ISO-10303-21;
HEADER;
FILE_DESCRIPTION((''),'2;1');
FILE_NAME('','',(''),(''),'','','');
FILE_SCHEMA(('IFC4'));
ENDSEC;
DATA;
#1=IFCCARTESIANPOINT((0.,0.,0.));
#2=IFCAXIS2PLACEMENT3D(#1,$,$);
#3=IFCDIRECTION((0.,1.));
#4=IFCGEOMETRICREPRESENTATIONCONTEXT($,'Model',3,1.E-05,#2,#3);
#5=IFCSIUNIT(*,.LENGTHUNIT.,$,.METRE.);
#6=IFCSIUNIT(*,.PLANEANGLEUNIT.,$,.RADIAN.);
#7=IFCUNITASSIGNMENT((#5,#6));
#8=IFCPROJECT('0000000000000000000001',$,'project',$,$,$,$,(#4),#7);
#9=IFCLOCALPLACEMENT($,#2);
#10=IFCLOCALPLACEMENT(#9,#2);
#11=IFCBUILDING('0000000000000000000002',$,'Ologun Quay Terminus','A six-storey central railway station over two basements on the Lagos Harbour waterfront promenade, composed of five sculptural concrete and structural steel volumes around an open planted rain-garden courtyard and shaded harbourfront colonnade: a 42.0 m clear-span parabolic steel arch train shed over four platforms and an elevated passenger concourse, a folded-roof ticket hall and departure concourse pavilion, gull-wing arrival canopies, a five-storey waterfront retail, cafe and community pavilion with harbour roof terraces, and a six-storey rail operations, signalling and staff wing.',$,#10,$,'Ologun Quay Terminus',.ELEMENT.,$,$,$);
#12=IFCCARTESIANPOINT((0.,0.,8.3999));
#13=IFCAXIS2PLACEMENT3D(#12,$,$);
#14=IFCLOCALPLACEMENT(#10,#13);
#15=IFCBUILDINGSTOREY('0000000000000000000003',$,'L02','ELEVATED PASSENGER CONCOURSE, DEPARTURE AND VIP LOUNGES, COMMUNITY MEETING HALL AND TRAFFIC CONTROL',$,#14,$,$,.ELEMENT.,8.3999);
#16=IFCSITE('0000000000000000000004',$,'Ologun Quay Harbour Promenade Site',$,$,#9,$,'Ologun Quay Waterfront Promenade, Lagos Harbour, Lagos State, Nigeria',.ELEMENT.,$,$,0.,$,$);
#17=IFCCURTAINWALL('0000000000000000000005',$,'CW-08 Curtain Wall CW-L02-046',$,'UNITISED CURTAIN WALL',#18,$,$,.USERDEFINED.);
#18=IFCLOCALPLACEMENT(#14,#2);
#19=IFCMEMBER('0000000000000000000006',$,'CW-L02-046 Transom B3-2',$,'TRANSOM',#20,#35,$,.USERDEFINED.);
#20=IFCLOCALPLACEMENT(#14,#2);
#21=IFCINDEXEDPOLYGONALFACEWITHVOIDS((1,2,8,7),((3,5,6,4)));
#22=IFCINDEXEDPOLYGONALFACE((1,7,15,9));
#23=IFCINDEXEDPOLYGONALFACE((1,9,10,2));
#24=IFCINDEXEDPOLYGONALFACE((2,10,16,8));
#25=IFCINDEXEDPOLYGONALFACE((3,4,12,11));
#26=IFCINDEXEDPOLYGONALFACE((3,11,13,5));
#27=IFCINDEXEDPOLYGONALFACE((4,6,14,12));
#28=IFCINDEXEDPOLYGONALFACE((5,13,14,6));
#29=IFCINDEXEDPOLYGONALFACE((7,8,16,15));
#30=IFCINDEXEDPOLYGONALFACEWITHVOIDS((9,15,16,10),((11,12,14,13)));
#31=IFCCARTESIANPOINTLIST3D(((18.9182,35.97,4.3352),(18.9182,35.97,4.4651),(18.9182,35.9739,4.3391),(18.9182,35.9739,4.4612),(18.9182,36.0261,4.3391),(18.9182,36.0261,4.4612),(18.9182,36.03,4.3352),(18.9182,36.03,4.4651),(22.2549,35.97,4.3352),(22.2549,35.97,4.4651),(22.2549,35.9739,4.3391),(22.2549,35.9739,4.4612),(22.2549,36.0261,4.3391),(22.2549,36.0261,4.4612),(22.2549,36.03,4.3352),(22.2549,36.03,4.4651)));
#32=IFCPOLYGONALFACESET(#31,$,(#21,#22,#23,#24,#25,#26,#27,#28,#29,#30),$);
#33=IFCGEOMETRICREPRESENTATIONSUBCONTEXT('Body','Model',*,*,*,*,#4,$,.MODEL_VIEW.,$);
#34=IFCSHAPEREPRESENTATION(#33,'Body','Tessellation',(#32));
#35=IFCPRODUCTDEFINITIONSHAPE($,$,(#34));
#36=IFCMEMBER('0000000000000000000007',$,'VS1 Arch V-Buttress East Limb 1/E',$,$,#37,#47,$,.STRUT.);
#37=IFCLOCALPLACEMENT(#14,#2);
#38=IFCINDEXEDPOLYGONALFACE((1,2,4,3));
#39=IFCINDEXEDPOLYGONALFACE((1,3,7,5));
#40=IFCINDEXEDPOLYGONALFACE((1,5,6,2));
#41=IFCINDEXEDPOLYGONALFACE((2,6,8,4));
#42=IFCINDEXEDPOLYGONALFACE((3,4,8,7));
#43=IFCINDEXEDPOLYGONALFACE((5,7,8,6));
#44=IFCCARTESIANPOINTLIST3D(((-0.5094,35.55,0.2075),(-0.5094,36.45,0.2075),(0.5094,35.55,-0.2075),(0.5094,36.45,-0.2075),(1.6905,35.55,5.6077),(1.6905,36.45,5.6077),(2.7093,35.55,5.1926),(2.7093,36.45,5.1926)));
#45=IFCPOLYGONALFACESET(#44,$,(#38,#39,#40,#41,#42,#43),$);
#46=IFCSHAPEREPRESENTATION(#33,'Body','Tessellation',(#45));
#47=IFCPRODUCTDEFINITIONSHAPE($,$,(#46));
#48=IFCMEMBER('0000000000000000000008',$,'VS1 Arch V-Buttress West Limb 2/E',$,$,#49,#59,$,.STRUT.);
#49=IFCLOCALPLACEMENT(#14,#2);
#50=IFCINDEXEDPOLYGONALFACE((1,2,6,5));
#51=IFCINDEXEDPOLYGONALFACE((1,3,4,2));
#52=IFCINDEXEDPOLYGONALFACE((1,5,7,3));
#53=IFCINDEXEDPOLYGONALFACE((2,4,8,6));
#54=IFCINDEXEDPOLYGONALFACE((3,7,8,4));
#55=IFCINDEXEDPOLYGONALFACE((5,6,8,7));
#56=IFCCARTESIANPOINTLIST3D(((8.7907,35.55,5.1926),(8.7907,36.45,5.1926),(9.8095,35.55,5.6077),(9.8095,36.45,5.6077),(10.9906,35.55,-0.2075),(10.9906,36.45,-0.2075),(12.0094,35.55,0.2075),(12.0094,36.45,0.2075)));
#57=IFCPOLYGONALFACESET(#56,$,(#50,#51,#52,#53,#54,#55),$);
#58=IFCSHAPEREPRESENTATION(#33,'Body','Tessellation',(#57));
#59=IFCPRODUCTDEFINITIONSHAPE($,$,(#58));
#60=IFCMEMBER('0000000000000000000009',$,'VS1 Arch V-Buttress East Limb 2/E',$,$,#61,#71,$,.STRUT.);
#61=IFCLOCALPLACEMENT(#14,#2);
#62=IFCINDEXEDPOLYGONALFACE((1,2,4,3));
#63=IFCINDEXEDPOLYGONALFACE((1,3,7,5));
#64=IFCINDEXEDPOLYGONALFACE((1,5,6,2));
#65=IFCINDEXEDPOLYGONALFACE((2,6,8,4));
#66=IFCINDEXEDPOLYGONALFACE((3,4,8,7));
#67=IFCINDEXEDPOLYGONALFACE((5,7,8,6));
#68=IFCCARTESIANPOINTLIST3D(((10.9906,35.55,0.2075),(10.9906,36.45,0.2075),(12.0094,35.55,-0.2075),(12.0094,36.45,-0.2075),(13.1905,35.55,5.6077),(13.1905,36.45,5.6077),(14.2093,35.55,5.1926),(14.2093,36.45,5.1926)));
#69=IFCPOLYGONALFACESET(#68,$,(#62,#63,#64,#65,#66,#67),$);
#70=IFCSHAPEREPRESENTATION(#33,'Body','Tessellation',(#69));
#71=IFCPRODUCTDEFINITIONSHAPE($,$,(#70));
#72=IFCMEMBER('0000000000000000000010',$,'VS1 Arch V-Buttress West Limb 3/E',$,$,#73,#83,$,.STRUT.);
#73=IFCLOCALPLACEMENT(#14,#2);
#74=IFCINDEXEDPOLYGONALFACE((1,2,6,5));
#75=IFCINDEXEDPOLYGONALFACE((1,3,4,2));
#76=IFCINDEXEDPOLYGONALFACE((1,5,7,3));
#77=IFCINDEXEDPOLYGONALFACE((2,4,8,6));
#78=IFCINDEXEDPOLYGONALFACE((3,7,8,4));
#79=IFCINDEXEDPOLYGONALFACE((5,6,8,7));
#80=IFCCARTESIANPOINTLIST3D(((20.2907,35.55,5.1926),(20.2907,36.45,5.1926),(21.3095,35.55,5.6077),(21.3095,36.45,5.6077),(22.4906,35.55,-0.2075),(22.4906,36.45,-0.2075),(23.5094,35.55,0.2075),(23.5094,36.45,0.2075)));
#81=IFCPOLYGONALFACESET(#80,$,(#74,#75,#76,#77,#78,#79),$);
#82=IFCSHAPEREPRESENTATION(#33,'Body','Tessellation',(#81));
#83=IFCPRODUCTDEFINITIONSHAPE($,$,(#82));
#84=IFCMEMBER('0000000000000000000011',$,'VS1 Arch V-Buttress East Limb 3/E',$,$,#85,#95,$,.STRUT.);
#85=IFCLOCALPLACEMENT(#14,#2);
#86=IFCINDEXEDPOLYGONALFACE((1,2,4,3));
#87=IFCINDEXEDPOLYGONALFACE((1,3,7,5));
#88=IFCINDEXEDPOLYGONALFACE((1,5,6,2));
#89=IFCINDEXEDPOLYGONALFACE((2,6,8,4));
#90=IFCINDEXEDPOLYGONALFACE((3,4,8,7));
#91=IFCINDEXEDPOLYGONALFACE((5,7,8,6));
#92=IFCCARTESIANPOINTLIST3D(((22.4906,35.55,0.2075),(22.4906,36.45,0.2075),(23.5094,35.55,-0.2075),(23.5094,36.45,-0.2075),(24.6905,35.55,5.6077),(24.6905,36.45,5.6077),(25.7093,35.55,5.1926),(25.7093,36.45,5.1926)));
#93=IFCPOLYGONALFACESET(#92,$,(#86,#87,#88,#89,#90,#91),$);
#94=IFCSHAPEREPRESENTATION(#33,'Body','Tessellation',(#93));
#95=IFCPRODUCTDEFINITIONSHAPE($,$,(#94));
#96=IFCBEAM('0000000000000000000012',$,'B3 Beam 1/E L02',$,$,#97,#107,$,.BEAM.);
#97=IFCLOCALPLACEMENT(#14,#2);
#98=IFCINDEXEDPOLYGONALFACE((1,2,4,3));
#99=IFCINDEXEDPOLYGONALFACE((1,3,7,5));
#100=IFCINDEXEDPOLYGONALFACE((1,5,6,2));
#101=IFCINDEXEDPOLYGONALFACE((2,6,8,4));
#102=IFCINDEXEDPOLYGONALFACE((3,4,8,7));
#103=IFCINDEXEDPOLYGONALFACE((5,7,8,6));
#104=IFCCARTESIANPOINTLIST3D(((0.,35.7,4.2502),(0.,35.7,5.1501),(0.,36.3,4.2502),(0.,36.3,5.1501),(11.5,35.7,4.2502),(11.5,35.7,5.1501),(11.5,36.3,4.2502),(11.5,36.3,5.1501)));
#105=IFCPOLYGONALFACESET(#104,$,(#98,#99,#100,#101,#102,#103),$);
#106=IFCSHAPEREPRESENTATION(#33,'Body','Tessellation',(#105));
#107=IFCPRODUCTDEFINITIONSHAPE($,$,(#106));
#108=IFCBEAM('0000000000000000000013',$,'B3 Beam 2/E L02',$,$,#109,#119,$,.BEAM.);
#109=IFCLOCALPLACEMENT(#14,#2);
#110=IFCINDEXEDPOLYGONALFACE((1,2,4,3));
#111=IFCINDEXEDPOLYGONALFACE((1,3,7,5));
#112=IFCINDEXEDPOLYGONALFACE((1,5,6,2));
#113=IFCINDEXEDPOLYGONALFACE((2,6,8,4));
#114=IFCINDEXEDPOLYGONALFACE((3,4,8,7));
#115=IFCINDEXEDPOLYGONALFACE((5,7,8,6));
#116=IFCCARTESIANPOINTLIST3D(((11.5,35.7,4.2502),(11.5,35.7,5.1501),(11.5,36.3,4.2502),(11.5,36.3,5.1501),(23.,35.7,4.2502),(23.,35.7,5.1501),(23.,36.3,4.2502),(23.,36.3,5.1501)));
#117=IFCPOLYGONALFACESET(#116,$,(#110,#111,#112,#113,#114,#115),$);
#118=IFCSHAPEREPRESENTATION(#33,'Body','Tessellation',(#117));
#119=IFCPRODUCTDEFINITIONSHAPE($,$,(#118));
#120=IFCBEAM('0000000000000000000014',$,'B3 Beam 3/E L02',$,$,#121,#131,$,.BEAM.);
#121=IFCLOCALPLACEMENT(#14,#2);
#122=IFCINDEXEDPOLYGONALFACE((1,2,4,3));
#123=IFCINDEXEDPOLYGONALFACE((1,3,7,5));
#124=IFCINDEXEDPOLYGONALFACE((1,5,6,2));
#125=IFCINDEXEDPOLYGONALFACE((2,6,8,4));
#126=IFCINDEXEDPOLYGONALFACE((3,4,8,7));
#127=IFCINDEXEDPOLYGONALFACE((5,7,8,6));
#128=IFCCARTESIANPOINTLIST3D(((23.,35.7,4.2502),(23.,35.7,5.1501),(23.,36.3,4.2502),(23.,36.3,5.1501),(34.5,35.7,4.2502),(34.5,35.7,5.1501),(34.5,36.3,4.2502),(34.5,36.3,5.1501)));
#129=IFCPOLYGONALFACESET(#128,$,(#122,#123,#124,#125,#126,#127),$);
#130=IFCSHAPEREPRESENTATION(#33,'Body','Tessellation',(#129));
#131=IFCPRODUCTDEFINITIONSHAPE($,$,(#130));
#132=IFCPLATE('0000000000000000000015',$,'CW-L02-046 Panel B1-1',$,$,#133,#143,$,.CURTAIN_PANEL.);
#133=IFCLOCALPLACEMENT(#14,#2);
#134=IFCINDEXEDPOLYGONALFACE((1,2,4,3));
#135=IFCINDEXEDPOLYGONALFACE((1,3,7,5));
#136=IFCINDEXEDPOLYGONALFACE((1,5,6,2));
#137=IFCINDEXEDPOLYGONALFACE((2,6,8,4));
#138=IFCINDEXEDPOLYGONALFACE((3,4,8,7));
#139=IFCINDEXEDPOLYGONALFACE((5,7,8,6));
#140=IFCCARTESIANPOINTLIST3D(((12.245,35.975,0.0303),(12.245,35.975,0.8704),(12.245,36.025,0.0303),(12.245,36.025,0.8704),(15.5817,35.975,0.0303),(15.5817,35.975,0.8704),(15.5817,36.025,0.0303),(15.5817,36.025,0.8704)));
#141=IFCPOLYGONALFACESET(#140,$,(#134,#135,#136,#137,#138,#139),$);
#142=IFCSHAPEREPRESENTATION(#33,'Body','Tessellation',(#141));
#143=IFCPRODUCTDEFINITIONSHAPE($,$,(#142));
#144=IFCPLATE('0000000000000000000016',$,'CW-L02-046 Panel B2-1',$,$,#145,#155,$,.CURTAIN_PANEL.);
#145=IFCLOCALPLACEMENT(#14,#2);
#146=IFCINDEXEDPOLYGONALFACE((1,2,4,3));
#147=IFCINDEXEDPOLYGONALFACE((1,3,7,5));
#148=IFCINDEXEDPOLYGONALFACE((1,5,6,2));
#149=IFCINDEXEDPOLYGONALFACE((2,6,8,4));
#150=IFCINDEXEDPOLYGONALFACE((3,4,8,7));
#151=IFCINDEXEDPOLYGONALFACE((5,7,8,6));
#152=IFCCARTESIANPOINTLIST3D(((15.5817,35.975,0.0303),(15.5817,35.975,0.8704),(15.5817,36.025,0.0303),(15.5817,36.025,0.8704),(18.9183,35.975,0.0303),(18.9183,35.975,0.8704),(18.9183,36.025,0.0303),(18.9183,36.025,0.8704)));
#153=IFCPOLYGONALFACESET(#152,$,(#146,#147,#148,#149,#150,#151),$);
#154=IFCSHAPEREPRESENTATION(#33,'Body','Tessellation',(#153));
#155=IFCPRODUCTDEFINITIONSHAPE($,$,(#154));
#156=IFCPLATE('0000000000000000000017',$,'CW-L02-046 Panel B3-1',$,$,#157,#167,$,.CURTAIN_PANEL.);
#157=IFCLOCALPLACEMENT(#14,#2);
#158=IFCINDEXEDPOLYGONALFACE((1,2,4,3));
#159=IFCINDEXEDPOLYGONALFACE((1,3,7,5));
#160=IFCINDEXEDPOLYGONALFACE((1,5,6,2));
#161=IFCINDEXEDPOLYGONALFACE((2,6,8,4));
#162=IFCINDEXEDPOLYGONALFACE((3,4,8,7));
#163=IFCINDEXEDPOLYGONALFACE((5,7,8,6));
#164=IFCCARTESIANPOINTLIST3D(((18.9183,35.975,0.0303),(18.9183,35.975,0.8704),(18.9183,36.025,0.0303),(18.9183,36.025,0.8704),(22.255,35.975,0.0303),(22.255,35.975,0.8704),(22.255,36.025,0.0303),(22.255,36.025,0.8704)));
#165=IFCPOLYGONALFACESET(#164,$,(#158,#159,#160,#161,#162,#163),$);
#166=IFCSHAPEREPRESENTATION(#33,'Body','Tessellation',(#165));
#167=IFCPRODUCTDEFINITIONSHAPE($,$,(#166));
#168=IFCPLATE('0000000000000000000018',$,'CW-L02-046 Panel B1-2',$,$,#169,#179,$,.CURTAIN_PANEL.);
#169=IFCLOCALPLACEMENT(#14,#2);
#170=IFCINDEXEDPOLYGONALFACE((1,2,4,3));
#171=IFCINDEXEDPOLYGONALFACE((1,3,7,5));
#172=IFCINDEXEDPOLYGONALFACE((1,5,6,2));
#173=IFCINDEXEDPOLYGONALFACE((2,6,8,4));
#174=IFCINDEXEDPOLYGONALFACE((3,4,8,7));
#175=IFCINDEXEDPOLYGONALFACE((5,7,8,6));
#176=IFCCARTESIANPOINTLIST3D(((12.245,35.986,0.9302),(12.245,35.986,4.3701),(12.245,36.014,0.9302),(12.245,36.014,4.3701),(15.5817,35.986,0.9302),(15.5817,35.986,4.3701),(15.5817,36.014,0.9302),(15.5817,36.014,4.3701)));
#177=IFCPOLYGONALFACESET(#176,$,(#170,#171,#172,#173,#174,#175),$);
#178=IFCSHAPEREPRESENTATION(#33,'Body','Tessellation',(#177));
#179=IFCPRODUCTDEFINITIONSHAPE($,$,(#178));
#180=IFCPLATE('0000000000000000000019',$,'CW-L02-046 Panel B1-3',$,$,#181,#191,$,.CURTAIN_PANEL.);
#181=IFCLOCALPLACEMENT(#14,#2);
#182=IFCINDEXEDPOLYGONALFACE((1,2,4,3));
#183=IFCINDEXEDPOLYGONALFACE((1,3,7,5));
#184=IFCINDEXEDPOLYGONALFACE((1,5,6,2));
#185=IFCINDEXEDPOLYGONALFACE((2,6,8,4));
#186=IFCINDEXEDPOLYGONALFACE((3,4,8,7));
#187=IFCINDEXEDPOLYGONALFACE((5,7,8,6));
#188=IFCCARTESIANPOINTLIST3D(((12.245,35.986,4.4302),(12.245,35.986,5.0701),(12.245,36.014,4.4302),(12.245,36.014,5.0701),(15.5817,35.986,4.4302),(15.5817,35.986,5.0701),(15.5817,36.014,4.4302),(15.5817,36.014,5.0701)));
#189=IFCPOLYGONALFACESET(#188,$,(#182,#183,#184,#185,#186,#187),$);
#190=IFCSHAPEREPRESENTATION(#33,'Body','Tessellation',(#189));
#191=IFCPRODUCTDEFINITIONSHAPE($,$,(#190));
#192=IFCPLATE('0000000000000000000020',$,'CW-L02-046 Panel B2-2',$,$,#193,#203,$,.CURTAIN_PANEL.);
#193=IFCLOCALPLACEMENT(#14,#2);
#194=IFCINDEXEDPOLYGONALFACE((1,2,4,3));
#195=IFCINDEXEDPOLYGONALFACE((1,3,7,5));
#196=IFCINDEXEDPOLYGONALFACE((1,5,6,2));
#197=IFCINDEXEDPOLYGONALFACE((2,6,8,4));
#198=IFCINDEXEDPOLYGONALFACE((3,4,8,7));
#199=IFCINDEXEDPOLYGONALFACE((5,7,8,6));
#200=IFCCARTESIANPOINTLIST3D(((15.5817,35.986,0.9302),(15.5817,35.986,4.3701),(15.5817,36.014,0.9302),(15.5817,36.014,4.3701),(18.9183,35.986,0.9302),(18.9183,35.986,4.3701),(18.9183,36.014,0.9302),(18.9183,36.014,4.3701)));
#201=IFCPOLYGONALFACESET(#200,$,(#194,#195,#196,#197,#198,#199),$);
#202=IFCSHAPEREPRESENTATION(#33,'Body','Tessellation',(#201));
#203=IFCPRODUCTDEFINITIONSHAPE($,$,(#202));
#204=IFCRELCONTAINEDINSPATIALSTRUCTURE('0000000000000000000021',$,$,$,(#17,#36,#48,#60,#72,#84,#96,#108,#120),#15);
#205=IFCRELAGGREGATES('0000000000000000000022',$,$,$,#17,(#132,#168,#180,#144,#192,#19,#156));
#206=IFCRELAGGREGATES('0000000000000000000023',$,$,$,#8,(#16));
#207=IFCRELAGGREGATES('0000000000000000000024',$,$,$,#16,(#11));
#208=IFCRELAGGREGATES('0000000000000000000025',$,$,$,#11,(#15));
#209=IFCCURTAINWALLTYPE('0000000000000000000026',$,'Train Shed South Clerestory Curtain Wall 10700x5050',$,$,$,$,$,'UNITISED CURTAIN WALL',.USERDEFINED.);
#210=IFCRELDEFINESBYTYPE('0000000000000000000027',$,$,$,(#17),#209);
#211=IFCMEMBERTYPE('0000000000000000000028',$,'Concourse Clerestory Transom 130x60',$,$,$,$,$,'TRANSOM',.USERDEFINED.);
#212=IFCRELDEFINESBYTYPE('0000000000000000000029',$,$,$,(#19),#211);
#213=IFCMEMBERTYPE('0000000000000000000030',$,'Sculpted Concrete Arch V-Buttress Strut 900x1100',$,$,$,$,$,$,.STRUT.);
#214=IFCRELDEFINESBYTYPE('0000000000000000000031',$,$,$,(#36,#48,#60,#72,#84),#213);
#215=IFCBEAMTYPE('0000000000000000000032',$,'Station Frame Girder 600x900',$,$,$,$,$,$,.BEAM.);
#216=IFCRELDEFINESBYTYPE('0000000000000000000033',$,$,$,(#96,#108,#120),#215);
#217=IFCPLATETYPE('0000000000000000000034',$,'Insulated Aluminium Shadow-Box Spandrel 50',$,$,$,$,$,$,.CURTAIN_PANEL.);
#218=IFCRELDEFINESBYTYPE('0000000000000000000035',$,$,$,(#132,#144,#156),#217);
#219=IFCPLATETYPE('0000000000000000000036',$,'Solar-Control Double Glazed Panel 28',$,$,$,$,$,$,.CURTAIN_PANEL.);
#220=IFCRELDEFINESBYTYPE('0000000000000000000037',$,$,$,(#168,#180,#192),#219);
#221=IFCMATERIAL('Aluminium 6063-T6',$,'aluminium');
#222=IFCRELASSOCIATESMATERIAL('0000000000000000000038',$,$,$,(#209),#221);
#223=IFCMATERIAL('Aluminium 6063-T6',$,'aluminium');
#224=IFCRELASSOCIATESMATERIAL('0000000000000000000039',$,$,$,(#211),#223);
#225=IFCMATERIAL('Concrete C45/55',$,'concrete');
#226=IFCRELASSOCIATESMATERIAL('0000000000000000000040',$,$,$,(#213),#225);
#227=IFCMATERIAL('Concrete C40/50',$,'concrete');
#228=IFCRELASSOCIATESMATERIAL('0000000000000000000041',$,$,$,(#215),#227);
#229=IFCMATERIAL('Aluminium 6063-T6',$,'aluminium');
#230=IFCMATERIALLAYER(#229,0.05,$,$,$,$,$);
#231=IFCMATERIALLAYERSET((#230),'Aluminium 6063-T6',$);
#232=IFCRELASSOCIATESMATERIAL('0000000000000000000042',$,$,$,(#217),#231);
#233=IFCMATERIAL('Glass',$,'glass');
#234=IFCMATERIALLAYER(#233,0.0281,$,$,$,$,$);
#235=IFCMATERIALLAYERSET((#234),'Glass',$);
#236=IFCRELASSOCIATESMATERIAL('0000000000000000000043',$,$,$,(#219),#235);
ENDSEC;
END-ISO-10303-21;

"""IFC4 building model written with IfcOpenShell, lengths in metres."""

from ifc_helpers import new_model, si_unit, direction, frame, origin, origin_2d, place, context, subcontext, project, spatial, rectangle, hollow_rectangle, extrude, material, layer, layer_set, material_profile, profile_set, type_object, element, aggregate, save


model = new_model("IFC4")

# Units and contexts
model_context = context("Model", 3, precision=1e-05, world=origin(), true_north=direction((0.0, 1.0)))
body_context = subcontext(model_context, "Body", "Model", "MODEL_VIEW")
ifc_project = project(units=[si_unit("LENGTHUNIT", "METRE"), si_unit("PLANEANGLEUNIT", "RADIAN")], contexts=[model_context])

# Site, building, storey
site_placement = place(None, origin())
site = spatial("IfcSite", under=ifc_project, at=site_placement, Name="Ologun Quay Harbour Promenade Site", LongName="Ologun Quay Waterfront Promenade, Lagos Harbour, Lagos State, Nigeria", CompositionType="ELEMENT", RefElevation=0.0)
building_placement = place(site_placement, origin())
building = spatial("IfcBuilding", under=site, at=building_placement, Name="Ologun Quay Terminus", Description="A six-storey central railway station over two basements on the Lagos Harbour waterfront promenade, composed of five sculptural concrete and structural steel volumes around an open planted rain-garden courtyard and shaded harbourfront colonnade: a 42.0 m clear-span parabolic steel arch train shed over four platforms and an elevated passenger concourse, a folded-roof ticket hall and departure concourse pavilion, gull-wing arrival canopies, a five-storey waterfront retail, cafe and community pavilion with harbour roof terraces, and a six-storey rail operations, signalling and staff wing.", LongName="Ologun Quay Terminus", CompositionType="ELEMENT")
storey_placement = place(building_placement, frame((0.0, 0.0, 8.3999)))
storey = spatial("IfcBuildingStorey", under=building, at=storey_placement, Name="L02", Description="ELEVATED PASSENGER CONCOURSE, DEPARTURE AND VIP LOUNGES, COMMUNITY MEETING HALL AND TRAFFIC CONTROL", CompositionType="ELEMENT", Elevation=8.3999)

# Curtain wall, member
ifc_material_1 = material(Name="Aluminium 6063-T6", Category="aluminium")
curtain_wall_type = type_object("IfcCurtainWallType", Name="Train Shed South Clerestory Curtain Wall 10700x5050", ElementType="UNITISED CURTAIN WALL", PredefinedType="USERDEFINED", material=ifc_material_1)
curtain_wall_placement = place(storey_placement, origin())
curtain_wall = element("IfcCurtainWall", 1, at=curtain_wall_placement, inside=storey, type_object=curtain_wall_type, Name="CW-08 Curtain Wall CW-L02-046", ObjectType="UNITISED CURTAIN WALL", PredefinedType="USERDEFINED")
ifc_material_2 = material(Name="Aluminium 6063-T6", Category="aluminium")
ifc_material_profile_1 = material_profile(ifc_material_2, hollow_rectangle(XDim=0.0601, YDim=0.1299, WallThickness=0.0039, at=origin_2d()), Name="ALU 130x60x4")
ifc_profile_set_1 = profile_set([ifc_material_profile_1], Name="Aluminium 6063-T6")
member_type_1 = type_object("IfcMemberType", Name="Concourse Clerestory Transom 130x60", ElementType="TRANSOM", PredefinedType="USERDEFINED", material=ifc_profile_set_1)
member_1_placement = place(storey_placement, frame((18.9182, 36.0, 4.4001), z_axis=(1.0, 0.0, 0.0), x_axis=(0.0, 1.0, 0.0)))
member_1 = element("IfcMember", 2, at=member_1_placement, type_object=member_type_1, Name="CW-L02-046 Transom B3-2", ObjectType="TRANSOM", PredefinedType="USERDEFINED", context=body_context, shape_type="SweptSolid", body=[
    extrude(hollow_rectangle(XDim=0.0601, YDim=0.1299, WallThickness=0.0039, at=origin_2d()), origin(), (0.0, 0.0, 1.0), 3.3367),
])

# Members
ifc_material_3 = material(Name="Concrete C45/55", Category="concrete")
ifc_material_profile_2 = material_profile(ifc_material_3, rectangle(XDim=0.8999, YDim=1.1001, at=origin_2d()), Name="RC 900x1100")
ifc_profile_set_2 = profile_set([ifc_material_profile_2], Name="Concrete C45/55")
member_type_2 = type_object("IfcMemberType", Name="Sculpted Concrete Arch V-Buttress Strut 900x1100", PredefinedType="STRUT", material=ifc_profile_set_2)
for number, where, z_axis, x_axis, name in (
    (3, (0.0, 36.0, 0.0), (0.377281, 0.0, 0.926099), (0.0, 1.0, 0.0), "VS1 Arch V-Buttress East Limb 1/E"),
    (4, (11.5, 36.0, 0.0), (-0.377281, 0.0, 0.926099), (0.0, -1.0, 0.0), "VS1 Arch V-Buttress West Limb 2/E"),
    (5, (11.5, 36.0, 0.0), (0.377281, 0.0, 0.926099), (0.0, 1.0, 0.0), "VS1 Arch V-Buttress East Limb 2/E"),
    (6, (23.0, 36.0, 0.0), (-0.377281, 0.0, 0.926099), (0.0, -1.0, 0.0), "VS1 Arch V-Buttress West Limb 3/E"),
    (7, (23.0, 36.0, 0.0), (0.377281, 0.0, 0.926099), (0.0, 1.0, 0.0), "VS1 Arch V-Buttress East Limb 3/E"),
):
    element("IfcMember", number, at=place(storey_placement, frame(where, z_axis=z_axis, x_axis=x_axis)), inside=storey, type_object=member_type_2, Name=name, PredefinedType="STRUT", context=body_context, shape_type="SweptSolid", body=[
        extrude(rectangle(XDim=0.8999, YDim=1.1001, at=origin_2d()), origin(), (0.0, 0.0, 1.0), 5.8311),
    ])

# Beams
ifc_material_4 = material(Name="Concrete C40/50", Category="concrete")
ifc_material_profile_3 = material_profile(ifc_material_4, rectangle(XDim=0.6001, YDim=0.8999, at=origin_2d()), Name="RC 600x900")
ifc_profile_set_3 = profile_set([ifc_material_profile_3], Name="Concrete C40/50")
beam_type = type_object("IfcBeamType", Name="Station Frame Girder 600x900", PredefinedType="BEAM", material=ifc_profile_set_3)
for number, where, z_axis, x_axis, name in (
    (8, (0.0, 36.0, 4.7002), (1.0, 0.0, 0.0), (0.0, 1.0, 0.0), "B3 Beam 1/E L02"),
    (9, (11.5, 36.0, 4.7002), (1.0, 0.0, 0.0), (0.0, 1.0, 0.0), "B3 Beam 2/E L02"),
    (10, (23.0, 36.0, 4.7002), (1.0, 0.0, 0.0), (0.0, 1.0, 0.0), "B3 Beam 3/E L02"),
):
    element("IfcBeam", number, at=place(storey_placement, frame(where, z_axis=z_axis, x_axis=x_axis)), inside=storey, type_object=beam_type, Name=name, PredefinedType="BEAM", context=body_context, shape_type="SweptSolid", body=[
        extrude(rectangle(XDim=0.6001, YDim=0.8999, at=origin_2d()), origin(), (0.0, 0.0, 1.0), 11.5),
    ])

# Plates
ifc_material_5 = material(Name="Aluminium 6063-T6", Category="aluminium")
ifc_layer_1 = layer(ifc_material_5, 0.05)
ifc_layer_set_1 = layer_set([ifc_layer_1], Name="Aluminium 6063-T6")
plate_type_1 = type_object("IfcPlateType", Name="Insulated Aluminium Shadow-Box Spandrel 50", PredefinedType="CURTAIN_PANEL", material=ifc_layer_set_1)
plate_1_placement = place(storey_placement, frame((13.9133, 36.0, 0.0303), z_axis=(0.0, 0.0, 1.0), x_axis=(1.0, 0.0, 0.0)))
plate_1 = element("IfcPlate", 11, at=plate_1_placement, type_object=plate_type_1, Name="CW-L02-046 Panel B1-1", PredefinedType="CURTAIN_PANEL", context=body_context, shape_type="SweptSolid", body=[
    extrude(rectangle(XDim=3.3367, YDim=0.05, at=origin_2d()), origin(), (0.0, 0.0, 1.0), 0.8401),
])
plate_2_placement = place(storey_placement, frame((17.25, 36.0, 0.0303), z_axis=(0.0, 0.0, 1.0), x_axis=(1.0, 0.0, 0.0)))
plate_2 = element("IfcPlate", 12, at=plate_2_placement, type_object=plate_type_1, Name="CW-L02-046 Panel B2-1", PredefinedType="CURTAIN_PANEL", context=body_context, shape_type="SweptSolid", body=[
    extrude(rectangle(XDim=3.3367, YDim=0.05, at=origin_2d()), origin(), (0.0, 0.0, 1.0), 0.8401),
])
plate_3_placement = place(storey_placement, frame((20.5867, 36.0, 0.0303), z_axis=(0.0, 0.0, 1.0), x_axis=(1.0, 0.0, 0.0)))
plate_3 = element("IfcPlate", 13, at=plate_3_placement, type_object=plate_type_1, Name="CW-L02-046 Panel B3-1", PredefinedType="CURTAIN_PANEL", context=body_context, shape_type="SweptSolid", body=[
    extrude(rectangle(XDim=3.3367, YDim=0.05, at=origin_2d()), origin(), (0.0, 0.0, 1.0), 0.8401),
])
ifc_material_6 = material(Name="Glass", Category="glass")
ifc_layer_2 = layer(ifc_material_6, 0.0281)
ifc_layer_set_2 = layer_set([ifc_layer_2], Name="Glass")
plate_type_2 = type_object("IfcPlateType", Name="Solar-Control Double Glazed Panel 28", PredefinedType="CURTAIN_PANEL", material=ifc_layer_set_2)
plate_4_placement = place(storey_placement, frame((13.9133, 36.0, 0.9302), z_axis=(0.0, 0.0, 1.0), x_axis=(1.0, 0.0, 0.0)))
plate_4 = element("IfcPlate", 14, at=plate_4_placement, type_object=plate_type_2, Name="CW-L02-046 Panel B1-2", PredefinedType="CURTAIN_PANEL", context=body_context, shape_type="SweptSolid", body=[
    extrude(rectangle(XDim=3.3367, YDim=0.0281, at=origin_2d()), origin(), (0.0, 0.0, 1.0), 3.4399),
])
plate_5_placement = place(storey_placement, frame((13.9133, 36.0, 4.4302), z_axis=(0.0, 0.0, 1.0), x_axis=(1.0, 0.0, 0.0)))
plate_5 = element("IfcPlate", 15, at=plate_5_placement, type_object=plate_type_2, Name="CW-L02-046 Panel B1-3", PredefinedType="CURTAIN_PANEL", context=body_context, shape_type="SweptSolid", body=[
    extrude(rectangle(XDim=3.3367, YDim=0.0281, at=origin_2d()), origin(), (0.0, 0.0, 1.0), 0.6399),
])
plate_6_placement = place(storey_placement, frame((17.25, 36.0, 0.9302), z_axis=(0.0, 0.0, 1.0), x_axis=(1.0, 0.0, 0.0)))
plate_6 = element("IfcPlate", 16, at=plate_6_placement, type_object=plate_type_2, Name="CW-L02-046 Panel B2-2", PredefinedType="CURTAIN_PANEL", context=body_context, shape_type="SweptSolid", body=[
    extrude(rectangle(XDim=3.3367, YDim=0.0281, at=origin_2d()), origin(), (0.0, 0.0, 1.0), 3.4399),
])
aggregate(curtain_wall, [plate_1, plate_4, plate_5, plate_2, plate_6, member_1, plate_3])

save(model, "model.ifc")
